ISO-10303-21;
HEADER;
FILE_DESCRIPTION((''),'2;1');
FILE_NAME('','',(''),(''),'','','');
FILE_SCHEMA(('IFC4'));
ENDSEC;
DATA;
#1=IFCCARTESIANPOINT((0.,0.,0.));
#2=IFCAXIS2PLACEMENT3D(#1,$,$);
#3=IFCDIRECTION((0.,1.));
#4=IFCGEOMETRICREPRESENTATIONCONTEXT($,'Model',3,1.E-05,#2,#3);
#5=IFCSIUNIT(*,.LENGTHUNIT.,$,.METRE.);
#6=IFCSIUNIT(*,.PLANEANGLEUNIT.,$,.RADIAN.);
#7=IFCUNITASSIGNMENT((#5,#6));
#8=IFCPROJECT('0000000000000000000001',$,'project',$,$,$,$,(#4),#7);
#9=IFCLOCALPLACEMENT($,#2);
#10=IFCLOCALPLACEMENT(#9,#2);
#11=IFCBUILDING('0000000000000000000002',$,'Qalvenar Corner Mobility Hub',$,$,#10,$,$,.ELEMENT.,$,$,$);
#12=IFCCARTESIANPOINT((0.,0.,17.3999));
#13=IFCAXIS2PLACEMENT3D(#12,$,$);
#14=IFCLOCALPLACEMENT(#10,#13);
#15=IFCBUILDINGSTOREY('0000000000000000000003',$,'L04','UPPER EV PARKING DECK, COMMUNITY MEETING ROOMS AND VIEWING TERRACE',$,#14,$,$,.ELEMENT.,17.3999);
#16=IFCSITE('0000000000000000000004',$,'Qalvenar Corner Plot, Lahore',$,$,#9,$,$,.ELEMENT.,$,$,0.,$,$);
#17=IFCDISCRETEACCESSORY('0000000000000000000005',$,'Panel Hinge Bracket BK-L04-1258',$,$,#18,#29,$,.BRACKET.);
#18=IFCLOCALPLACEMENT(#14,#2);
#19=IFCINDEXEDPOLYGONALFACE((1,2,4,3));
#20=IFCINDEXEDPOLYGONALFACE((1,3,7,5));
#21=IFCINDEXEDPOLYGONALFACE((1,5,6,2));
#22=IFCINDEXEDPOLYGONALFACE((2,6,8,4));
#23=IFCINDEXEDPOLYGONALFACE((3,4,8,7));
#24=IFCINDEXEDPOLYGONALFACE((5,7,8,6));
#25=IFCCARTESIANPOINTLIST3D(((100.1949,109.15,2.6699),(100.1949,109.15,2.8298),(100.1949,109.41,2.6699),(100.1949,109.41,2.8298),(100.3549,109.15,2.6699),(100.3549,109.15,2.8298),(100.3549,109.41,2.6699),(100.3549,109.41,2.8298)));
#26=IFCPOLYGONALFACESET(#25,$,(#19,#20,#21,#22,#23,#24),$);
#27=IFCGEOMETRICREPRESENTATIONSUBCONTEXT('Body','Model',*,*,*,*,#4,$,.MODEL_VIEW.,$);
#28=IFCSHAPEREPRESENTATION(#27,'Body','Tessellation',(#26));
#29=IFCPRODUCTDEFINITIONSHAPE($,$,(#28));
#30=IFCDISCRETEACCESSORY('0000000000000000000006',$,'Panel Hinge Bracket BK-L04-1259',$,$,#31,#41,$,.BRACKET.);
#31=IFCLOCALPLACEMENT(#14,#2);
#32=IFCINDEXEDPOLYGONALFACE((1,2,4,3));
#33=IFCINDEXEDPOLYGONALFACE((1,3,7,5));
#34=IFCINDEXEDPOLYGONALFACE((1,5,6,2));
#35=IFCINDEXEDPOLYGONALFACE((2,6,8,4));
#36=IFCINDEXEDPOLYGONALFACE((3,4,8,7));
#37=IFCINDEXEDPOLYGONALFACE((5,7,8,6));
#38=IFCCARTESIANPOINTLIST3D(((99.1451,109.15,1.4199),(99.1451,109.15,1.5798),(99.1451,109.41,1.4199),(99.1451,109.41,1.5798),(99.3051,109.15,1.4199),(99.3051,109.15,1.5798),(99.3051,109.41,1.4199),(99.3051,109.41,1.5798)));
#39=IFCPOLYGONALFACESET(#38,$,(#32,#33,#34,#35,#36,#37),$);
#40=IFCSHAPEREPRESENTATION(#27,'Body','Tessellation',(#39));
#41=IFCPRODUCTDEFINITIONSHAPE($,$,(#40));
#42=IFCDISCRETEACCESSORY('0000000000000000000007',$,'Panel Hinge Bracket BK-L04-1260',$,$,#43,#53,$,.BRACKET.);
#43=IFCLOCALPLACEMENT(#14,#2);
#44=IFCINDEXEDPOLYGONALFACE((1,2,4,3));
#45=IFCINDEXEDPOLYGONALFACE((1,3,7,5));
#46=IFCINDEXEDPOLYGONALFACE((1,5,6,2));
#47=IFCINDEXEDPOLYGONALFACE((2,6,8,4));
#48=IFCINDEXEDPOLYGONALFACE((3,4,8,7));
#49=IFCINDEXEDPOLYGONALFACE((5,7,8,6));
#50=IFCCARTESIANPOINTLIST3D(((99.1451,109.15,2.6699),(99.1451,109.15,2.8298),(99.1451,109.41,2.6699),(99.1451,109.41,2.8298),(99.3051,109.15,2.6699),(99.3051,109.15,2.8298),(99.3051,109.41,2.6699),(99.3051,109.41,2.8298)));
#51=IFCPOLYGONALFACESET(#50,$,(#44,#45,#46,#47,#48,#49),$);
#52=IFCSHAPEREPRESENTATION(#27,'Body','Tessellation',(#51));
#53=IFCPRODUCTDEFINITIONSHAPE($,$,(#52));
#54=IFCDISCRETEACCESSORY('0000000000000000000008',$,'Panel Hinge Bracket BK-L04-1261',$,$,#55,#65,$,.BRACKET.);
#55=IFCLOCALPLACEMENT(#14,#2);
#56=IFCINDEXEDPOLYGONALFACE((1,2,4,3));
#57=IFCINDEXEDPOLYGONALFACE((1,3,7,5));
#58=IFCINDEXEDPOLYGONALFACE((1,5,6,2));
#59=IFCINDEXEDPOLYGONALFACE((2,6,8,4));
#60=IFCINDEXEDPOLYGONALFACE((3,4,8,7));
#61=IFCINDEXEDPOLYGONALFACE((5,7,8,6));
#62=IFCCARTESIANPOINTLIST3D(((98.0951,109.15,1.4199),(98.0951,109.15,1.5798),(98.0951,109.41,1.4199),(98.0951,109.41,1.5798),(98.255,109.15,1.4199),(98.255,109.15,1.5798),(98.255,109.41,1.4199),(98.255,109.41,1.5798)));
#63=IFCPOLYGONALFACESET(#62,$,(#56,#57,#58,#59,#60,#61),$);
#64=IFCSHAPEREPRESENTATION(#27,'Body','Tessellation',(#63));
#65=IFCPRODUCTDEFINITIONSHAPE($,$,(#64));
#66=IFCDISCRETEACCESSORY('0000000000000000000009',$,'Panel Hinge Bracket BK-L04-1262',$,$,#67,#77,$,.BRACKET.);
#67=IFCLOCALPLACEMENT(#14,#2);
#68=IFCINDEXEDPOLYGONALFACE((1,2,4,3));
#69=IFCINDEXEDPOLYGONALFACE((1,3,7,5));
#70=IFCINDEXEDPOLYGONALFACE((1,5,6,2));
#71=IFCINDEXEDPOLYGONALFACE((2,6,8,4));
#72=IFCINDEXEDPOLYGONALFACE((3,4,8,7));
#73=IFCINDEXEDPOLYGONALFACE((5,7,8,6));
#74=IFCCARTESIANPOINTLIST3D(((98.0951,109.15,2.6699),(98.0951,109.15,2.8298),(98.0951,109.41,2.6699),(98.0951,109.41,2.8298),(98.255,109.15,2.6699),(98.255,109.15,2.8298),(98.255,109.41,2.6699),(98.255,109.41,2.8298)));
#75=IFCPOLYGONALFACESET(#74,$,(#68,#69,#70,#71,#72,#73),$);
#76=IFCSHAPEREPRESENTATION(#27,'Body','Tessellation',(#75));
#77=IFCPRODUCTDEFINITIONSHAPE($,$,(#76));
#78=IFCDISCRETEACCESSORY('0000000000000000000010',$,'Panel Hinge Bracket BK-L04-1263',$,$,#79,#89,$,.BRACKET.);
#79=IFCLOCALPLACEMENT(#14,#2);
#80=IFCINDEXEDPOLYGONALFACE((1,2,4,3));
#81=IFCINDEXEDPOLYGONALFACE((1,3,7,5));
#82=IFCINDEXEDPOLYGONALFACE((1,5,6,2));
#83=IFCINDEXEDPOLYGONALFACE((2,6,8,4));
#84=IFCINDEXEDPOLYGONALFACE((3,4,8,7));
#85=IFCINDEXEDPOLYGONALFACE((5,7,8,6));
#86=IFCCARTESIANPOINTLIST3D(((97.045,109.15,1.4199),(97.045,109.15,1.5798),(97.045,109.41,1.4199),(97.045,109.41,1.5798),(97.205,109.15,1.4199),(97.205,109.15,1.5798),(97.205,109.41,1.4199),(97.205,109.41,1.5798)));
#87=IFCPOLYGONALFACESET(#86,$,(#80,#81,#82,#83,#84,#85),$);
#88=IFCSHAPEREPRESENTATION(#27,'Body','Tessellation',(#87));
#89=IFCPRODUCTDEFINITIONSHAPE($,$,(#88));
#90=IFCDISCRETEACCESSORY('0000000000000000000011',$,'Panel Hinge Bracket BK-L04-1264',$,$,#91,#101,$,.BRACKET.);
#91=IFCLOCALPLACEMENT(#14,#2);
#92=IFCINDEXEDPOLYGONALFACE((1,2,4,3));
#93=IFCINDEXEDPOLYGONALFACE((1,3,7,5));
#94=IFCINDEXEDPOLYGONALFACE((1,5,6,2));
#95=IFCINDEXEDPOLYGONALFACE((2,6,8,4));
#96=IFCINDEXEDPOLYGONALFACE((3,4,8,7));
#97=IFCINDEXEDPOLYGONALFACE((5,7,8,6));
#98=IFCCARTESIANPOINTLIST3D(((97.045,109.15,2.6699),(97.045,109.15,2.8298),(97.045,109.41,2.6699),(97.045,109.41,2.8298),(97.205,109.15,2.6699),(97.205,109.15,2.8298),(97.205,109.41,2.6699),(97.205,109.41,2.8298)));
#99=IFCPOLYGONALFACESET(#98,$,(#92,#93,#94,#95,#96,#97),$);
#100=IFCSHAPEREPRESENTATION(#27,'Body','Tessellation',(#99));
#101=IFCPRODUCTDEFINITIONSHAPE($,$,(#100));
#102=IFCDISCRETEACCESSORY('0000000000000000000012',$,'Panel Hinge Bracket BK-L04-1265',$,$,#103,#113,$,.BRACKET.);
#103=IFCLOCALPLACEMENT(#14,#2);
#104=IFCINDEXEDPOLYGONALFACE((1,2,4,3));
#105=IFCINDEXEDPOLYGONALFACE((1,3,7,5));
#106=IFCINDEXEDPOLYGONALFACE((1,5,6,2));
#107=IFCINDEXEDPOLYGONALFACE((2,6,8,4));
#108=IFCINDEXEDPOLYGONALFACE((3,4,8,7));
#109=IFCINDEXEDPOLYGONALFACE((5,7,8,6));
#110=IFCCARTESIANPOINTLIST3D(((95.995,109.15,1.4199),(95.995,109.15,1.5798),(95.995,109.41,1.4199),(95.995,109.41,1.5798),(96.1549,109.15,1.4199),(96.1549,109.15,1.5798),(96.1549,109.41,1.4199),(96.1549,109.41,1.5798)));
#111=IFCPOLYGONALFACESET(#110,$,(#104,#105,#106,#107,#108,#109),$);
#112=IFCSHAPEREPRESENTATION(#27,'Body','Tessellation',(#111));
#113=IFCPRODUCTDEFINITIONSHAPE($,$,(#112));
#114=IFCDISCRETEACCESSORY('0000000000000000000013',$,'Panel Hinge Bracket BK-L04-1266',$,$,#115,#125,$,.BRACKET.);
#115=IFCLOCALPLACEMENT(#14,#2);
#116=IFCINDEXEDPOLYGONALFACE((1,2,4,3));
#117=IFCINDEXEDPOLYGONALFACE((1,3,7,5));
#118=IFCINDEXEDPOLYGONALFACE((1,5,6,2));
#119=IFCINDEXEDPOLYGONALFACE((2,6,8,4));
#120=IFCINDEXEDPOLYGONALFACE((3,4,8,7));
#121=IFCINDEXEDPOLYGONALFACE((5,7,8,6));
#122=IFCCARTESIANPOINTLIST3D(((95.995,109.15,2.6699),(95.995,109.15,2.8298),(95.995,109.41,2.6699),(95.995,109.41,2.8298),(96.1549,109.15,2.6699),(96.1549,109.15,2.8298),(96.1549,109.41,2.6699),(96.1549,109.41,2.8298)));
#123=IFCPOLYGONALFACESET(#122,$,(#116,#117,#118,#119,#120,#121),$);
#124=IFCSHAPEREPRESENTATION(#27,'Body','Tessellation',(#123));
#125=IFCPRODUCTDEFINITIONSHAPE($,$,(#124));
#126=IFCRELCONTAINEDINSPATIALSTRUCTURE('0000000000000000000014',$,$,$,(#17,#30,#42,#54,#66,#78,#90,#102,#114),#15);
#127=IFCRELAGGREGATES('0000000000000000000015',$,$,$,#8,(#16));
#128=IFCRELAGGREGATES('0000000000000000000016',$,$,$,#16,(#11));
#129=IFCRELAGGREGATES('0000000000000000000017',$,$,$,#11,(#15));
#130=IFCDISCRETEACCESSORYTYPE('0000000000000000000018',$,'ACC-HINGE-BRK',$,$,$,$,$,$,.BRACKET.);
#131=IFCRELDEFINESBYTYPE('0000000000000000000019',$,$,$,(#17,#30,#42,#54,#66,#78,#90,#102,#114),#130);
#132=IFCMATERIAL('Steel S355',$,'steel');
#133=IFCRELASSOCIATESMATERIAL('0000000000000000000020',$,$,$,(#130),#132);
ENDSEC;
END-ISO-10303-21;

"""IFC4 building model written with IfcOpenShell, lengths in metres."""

from ifc_helpers import new_model, si_unit, direction, frame, origin, origin_2d, place, context, subcontext, project, spatial, rectangle, extrude, material, type_object, element, save


model = new_model("IFC4")

# Units and contexts
model_context = context("Model", 3, precision=1e-05, world=origin(), true_north=direction((0.0, 1.0)))
body_context = subcontext(model_context, "Body", "Model", "MODEL_VIEW")
ifc_project = project(units=[si_unit("LENGTHUNIT", "METRE"), si_unit("PLANEANGLEUNIT", "RADIAN")], contexts=[model_context])

# Site, building, storey
site_placement = place(None, origin())
site = spatial("IfcSite", under=ifc_project, at=site_placement, Name="Qalvenar Corner Plot, Lahore", CompositionType="ELEMENT", RefElevation=0.0)
building_placement = place(site_placement, origin())
building = spatial("IfcBuilding", under=site, at=building_placement, Name="Qalvenar Corner Mobility Hub", CompositionType="ELEMENT")
storey_placement = place(building_placement, frame((0.0, 0.0, 17.3999)))
storey = spatial("IfcBuildingStorey", under=building, at=storey_placement, Name="L04", Description="UPPER EV PARKING DECK, COMMUNITY MEETING ROOMS AND VIEWING TERRACE", CompositionType="ELEMENT", Elevation=17.3999)

# Discrete accessories
ifc_material_1 = material(Name="Steel S355", Category="steel")
discrete_accessory_type = type_object("IfcDiscreteAccessoryType", Name="ACC-HINGE-BRK", PredefinedType="BRACKET", material=ifc_material_1)
for number, where, z_axis, x_axis, name in (
    (1, (100.2749, 109.28, 2.6699), (0.0, 0.0, 1.0), (-1.0, 0.0, 0.0), "Panel Hinge Bracket BK-L04-1258"),
    (2, (99.2251, 109.28, 1.4199), (0.0, 0.0, 1.0), (-1.0, 0.0, 0.0), "Panel Hinge Bracket BK-L04-1259"),
    (3, (99.2251, 109.28, 2.6699), (0.0, 0.0, 1.0), (-1.0, 0.0, 0.0), "Panel Hinge Bracket BK-L04-1260"),
    (4, (98.175, 109.28, 1.4199), (0.0, 0.0, 1.0), (-1.0, 0.0, 0.0), "Panel Hinge Bracket BK-L04-1261"),
    (5, (98.175, 109.28, 2.6699), (0.0, 0.0, 1.0), (-1.0, 0.0, 0.0), "Panel Hinge Bracket BK-L04-1262"),
    (6, (97.125, 109.28, 1.4199), (0.0, 0.0, 1.0), (-1.0, 0.0, 0.0), "Panel Hinge Bracket BK-L04-1263"),
    (7, (97.125, 109.28, 2.6699), (0.0, 0.0, 1.0), (-1.0, 0.0, 0.0), "Panel Hinge Bracket BK-L04-1264"),
    (8, (96.075, 109.28, 1.4199), (0.0, 0.0, 1.0), (-1.0, 0.0, 0.0), "Panel Hinge Bracket BK-L04-1265"),
    (9, (96.075, 109.28, 2.6699), (0.0, 0.0, 1.0), (-1.0, 0.0, 0.0), "Panel Hinge Bracket BK-L04-1266"),
):
    element("IfcDiscreteAccessory", number, at=place(storey_placement, frame(where, z_axis=z_axis, x_axis=x_axis)), inside=storey, type_object=discrete_accessory_type, Name=name, PredefinedType="BRACKET", context=body_context, shape_type="SweptSolid", body=[
        extrude(rectangle(XDim=0.1599, YDim=0.26, at=origin_2d()), origin(), (0.0, 0.0, 1.0), 0.1599),
    ])

save(model, "model.ifc")
